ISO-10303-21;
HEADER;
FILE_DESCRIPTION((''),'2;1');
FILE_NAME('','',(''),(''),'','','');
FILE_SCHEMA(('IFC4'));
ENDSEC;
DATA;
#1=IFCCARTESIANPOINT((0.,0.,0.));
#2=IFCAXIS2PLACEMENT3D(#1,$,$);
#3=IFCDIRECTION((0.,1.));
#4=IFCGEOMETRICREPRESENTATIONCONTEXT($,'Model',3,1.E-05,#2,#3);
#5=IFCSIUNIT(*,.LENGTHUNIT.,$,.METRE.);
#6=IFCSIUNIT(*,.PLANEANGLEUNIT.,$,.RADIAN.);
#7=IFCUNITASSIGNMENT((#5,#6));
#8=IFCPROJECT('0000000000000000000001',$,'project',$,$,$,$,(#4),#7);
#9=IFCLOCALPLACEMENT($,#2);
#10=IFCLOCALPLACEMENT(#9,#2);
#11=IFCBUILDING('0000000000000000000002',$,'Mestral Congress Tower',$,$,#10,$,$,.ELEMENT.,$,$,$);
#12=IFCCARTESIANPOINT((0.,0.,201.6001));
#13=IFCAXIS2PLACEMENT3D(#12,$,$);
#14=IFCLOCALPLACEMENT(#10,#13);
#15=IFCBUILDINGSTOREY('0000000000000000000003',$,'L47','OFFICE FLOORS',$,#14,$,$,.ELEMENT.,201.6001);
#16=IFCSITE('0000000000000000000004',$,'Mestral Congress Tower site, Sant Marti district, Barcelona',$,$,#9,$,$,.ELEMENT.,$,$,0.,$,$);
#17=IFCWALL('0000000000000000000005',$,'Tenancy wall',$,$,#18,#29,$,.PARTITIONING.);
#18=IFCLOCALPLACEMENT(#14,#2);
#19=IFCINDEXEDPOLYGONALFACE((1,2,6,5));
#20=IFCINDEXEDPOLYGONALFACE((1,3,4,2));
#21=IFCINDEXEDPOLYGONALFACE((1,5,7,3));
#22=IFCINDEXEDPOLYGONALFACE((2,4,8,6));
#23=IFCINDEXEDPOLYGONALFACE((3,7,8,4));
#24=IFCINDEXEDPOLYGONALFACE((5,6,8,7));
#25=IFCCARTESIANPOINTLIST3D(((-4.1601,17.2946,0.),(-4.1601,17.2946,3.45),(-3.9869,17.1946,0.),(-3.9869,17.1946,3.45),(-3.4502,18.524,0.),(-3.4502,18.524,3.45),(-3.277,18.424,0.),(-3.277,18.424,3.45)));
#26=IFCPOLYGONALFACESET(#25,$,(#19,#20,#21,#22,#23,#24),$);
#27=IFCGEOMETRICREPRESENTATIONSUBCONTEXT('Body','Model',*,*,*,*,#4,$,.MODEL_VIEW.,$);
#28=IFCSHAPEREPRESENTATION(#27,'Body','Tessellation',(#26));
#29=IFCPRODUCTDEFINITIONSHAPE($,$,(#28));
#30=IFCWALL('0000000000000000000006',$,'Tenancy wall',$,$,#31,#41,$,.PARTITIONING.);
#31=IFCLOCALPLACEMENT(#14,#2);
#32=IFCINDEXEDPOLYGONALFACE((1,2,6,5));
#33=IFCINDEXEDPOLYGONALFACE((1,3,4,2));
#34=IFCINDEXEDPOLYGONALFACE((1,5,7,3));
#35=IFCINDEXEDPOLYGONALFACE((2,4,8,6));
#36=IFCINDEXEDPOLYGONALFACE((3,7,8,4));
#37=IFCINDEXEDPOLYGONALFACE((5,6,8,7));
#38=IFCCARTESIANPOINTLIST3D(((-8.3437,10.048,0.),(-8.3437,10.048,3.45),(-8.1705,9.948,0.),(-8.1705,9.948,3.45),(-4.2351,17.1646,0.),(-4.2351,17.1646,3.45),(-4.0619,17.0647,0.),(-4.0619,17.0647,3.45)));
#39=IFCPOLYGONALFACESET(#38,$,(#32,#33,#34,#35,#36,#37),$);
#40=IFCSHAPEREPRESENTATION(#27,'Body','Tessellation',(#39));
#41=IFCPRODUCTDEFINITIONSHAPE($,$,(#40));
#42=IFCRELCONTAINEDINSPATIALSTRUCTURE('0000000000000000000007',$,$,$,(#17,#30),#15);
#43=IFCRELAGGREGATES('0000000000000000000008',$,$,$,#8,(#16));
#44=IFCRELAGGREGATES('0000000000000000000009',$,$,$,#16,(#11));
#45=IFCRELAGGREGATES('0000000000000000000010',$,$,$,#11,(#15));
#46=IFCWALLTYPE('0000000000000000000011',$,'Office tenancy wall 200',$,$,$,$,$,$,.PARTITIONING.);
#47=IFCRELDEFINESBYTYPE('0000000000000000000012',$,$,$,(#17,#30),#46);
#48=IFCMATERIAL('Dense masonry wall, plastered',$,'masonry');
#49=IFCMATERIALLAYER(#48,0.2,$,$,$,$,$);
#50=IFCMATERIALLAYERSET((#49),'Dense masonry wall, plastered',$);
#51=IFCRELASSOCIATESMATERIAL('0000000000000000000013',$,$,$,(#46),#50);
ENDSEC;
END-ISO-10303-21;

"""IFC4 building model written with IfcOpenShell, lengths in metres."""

from ifc_helpers import new_model, si_unit, direction, frame, frame_2d, origin, place, context, subcontext, project, spatial, rectangle, extrude, material, layer, layer_set, type_object, element, save


model = new_model("IFC4")

# Units and contexts
model_context = context("Model", 3, precision=1e-05, world=origin(), true_north=direction((0.0, 1.0)))
body_context = subcontext(model_context, "Body", "Model", "MODEL_VIEW")
ifc_project = project(units=[si_unit("LENGTHUNIT", "METRE"), si_unit("PLANEANGLEUNIT", "RADIAN")], contexts=[model_context])

# Site, building, storey
site_placement = place(None, origin())
site = spatial("IfcSite", under=ifc_project, at=site_placement, Name="Mestral Congress Tower site, Sant Marti district, Barcelona", CompositionType="ELEMENT", RefElevation=0.0)
building_placement = place(site_placement, origin())
building = spatial("IfcBuilding", under=site, at=building_placement, Name="Mestral Congress Tower", CompositionType="ELEMENT")
storey_placement = place(building_placement, frame((0.0, 0.0, 201.6001)))
storey = spatial("IfcBuildingStorey", under=building, at=storey_placement, Name="L47", Description="OFFICE FLOORS", CompositionType="ELEMENT", Elevation=201.6001)

# Shared definitions
ifc_material_1 = material(Name="Dense masonry wall, plastered", Category="masonry")
ifc_layer_1 = layer(ifc_material_1, 0.2)
ifc_layer_set_1 = layer_set([ifc_layer_1], Name="Dense masonry wall, plastered")
wall_type_1 = type_object("IfcWallType", Name="Office tenancy wall 200", PredefinedType="PARTITIONING", material=ifc_layer_set_1)

# Walls
wall_1_placement = place(storey_placement, frame((-3.3635, 18.4741, 0.0), z_axis=(0.0, 0.0, 1.0), x_axis=(-0.50006, -0.865991, 0.0)))
element("IfcWall", 1, at=wall_1_placement, inside=storey, type_object=wall_type_1, Name="Tenancy wall", PredefinedType="PARTITIONING", context=body_context, shape_type="SweptSolid", body=[
    extrude(rectangle(XDim=1.4197, YDim=0.2, at=frame_2d((0.71, 0.0))), origin(), (0.0, 0.0, 1.0), 3.45),
])
wall_2_placement = place(storey_placement, frame((-4.1484, 17.1147, 0.0), z_axis=(0.0, 0.0, 1.0), x_axis=(-0.499983, -0.866035, 0.0)))
element("IfcWall", 2, at=wall_2_placement, inside=storey, type_object=wall_type_1, Name="Tenancy wall", PredefinedType="PARTITIONING", context=body_context, shape_type="SweptSolid", body=[
    extrude(rectangle(XDim=8.2175, YDim=0.2, at=frame_2d((4.1089, 0.0))), origin(), (0.0, 0.0, 1.0), 3.45),
])

save(model, "model.ifc")
